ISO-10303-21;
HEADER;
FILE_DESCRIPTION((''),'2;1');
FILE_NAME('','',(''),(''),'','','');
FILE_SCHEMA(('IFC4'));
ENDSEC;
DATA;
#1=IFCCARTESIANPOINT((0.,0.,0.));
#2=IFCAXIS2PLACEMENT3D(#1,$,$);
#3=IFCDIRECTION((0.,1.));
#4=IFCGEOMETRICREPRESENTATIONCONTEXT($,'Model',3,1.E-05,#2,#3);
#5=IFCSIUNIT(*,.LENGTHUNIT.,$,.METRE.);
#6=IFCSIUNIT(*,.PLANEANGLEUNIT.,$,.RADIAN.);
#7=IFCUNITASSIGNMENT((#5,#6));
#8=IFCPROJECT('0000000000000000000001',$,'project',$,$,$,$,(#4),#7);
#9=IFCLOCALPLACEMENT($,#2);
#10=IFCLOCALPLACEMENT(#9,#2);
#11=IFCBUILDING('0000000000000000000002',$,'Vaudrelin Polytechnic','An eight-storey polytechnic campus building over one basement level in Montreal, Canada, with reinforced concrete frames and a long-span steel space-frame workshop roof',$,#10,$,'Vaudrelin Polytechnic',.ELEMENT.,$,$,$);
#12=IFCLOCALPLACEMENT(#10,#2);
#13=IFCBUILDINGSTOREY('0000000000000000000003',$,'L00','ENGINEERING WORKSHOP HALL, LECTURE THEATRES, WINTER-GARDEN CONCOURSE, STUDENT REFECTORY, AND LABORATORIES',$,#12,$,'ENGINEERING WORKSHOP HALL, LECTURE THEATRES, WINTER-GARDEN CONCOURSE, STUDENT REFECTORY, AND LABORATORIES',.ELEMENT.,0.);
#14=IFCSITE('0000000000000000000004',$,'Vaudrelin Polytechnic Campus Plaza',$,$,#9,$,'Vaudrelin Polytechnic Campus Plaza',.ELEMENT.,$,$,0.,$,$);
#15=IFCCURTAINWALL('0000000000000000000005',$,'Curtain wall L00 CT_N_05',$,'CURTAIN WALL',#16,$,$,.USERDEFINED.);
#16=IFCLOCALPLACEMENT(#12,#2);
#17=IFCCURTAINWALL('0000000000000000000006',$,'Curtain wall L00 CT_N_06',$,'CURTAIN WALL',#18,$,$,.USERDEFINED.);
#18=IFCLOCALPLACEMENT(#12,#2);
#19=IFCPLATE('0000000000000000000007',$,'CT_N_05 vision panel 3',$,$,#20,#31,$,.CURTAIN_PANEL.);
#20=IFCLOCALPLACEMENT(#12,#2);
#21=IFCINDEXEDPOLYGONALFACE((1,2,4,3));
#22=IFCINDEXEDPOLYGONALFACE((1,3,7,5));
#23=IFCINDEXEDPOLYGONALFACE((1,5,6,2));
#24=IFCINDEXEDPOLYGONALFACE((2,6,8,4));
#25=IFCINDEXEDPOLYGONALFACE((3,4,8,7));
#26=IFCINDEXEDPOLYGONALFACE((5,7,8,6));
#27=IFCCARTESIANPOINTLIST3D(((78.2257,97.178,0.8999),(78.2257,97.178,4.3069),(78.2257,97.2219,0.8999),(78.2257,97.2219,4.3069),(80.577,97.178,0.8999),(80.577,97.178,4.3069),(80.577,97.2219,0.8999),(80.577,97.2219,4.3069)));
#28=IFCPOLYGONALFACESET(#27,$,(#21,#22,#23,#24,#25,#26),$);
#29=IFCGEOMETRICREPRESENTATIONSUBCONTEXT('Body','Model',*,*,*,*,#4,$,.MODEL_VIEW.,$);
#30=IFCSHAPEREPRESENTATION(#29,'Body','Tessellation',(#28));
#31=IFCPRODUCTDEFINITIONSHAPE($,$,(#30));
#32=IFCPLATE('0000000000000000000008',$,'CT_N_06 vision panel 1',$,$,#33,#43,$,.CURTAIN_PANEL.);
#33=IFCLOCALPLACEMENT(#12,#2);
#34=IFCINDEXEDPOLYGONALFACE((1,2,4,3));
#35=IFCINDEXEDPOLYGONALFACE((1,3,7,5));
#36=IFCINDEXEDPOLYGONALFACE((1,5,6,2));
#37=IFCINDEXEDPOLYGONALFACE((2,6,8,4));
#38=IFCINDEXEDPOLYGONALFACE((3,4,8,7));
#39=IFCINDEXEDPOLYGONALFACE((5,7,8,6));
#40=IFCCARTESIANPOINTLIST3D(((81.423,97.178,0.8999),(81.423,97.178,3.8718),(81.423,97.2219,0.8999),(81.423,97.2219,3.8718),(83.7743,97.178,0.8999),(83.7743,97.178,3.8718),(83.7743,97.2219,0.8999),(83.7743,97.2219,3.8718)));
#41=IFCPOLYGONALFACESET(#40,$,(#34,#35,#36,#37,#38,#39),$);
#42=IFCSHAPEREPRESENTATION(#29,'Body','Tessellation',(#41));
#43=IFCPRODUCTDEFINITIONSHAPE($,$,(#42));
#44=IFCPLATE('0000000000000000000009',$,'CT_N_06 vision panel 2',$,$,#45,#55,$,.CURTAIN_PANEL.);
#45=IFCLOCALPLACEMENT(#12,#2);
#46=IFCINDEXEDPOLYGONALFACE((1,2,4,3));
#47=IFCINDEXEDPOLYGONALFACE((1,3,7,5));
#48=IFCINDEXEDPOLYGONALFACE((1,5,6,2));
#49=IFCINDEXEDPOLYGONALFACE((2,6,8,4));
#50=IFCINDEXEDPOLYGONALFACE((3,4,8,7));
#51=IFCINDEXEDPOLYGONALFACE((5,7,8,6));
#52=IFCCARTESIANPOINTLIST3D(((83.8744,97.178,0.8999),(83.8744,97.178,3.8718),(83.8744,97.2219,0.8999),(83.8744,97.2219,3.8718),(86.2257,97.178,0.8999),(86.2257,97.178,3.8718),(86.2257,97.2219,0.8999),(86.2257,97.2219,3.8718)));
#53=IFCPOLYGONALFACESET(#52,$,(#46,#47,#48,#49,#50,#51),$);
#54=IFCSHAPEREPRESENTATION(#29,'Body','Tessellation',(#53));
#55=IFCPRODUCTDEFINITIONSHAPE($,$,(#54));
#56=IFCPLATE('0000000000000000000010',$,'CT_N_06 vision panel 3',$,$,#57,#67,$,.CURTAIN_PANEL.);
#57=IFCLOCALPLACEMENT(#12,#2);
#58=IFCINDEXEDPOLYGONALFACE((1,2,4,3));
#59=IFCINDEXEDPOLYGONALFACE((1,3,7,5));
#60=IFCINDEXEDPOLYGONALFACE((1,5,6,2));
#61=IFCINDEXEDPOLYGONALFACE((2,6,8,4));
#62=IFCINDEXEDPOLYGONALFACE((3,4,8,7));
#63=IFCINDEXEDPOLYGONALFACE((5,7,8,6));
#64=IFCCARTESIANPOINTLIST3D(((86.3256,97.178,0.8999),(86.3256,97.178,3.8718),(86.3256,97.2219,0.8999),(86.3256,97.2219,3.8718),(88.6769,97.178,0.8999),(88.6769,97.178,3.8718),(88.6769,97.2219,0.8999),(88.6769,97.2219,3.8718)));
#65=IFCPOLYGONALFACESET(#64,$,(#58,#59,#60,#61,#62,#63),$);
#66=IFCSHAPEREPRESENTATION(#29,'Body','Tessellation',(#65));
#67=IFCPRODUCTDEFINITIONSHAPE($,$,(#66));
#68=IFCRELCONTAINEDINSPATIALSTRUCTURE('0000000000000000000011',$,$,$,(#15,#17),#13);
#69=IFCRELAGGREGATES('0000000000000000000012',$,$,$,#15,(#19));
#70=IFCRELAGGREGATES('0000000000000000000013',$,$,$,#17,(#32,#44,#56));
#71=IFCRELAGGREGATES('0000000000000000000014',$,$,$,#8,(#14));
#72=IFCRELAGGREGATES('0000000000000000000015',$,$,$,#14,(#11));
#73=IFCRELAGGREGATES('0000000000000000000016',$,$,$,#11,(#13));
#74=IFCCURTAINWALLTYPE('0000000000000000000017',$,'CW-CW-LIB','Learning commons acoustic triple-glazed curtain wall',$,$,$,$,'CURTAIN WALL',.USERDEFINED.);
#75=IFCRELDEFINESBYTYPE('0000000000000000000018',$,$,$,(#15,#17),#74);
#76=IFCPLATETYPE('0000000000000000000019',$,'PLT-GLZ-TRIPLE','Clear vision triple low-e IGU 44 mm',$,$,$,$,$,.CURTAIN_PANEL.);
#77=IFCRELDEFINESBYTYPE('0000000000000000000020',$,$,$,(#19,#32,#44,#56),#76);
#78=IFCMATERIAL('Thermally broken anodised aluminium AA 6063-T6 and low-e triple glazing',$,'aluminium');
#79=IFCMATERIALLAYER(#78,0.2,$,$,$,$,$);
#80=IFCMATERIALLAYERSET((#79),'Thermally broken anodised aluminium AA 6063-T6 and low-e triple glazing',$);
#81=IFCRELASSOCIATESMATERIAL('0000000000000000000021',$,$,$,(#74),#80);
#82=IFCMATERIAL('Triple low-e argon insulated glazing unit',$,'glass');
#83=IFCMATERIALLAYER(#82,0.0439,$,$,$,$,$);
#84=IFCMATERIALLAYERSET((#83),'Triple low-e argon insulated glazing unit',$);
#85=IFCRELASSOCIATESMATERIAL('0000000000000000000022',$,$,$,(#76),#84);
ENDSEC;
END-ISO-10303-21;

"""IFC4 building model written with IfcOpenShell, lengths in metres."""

from ifc_helpers import new_model, si_unit, direction, frame, origin, origin_2d, place, context, subcontext, project, spatial, rectangle, extrude, material, layer, layer_set, type_object, element, aggregate, save


model = new_model("IFC4")

# Units and contexts
model_context = context("Model", 3, precision=1e-05, world=origin(), true_north=direction((0.0, 1.0)))
body_context = subcontext(model_context, "Body", "Model", "MODEL_VIEW")
ifc_project = project(units=[si_unit("LENGTHUNIT", "METRE"), si_unit("PLANEANGLEUNIT", "RADIAN")], contexts=[model_context])

# Site, building, storey
site_placement = place(None, origin())
site = spatial("IfcSite", under=ifc_project, at=site_placement, Name="Vaudrelin Polytechnic Campus Plaza", LongName="Vaudrelin Polytechnic Campus Plaza", CompositionType="ELEMENT", RefElevation=0.0)
building_placement = place(site_placement, origin())
building = spatial("IfcBuilding", under=site, at=building_placement, Name="Vaudrelin Polytechnic", Description="An eight-storey polytechnic campus building over one basement level in Montreal, Canada, with reinforced concrete frames and a long-span steel space-frame workshop roof", LongName="Vaudrelin Polytechnic", CompositionType="ELEMENT")
storey_placement = place(building_placement, origin())
storey = spatial("IfcBuildingStorey", under=building, at=storey_placement, Name="L00", Description="ENGINEERING WORKSHOP HALL, LECTURE THEATRES, WINTER-GARDEN CONCOURSE, STUDENT REFECTORY, AND LABORATORIES", LongName="ENGINEERING WORKSHOP HALL, LECTURE THEATRES, WINTER-GARDEN CONCOURSE, STUDENT REFECTORY, AND LABORATORIES", CompositionType="ELEMENT", Elevation=0.0)

# Curtain walls
ifc_material_1 = material(Name="Thermally broken anodised aluminium AA 6063-T6 and low-e triple glazing", Category="aluminium")
ifc_layer_1 = layer(ifc_material_1, 0.2)
ifc_layer_set_1 = layer_set([ifc_layer_1], Name="Thermally broken anodised aluminium AA 6063-T6 and low-e triple glazing")
curtain_wall_type = type_object("IfcCurtainWallType", Name="CW-CW-LIB", Description="Learning commons acoustic triple-glazed curtain wall", ElementType="CURTAIN WALL", PredefinedType="USERDEFINED", material=ifc_layer_set_1)
curtain_wall_1_placement = place(storey_placement, origin())
curtain_wall_1 = element("IfcCurtainWall", 1, at=curtain_wall_1_placement, inside=storey, type_object=curtain_wall_type, Name="Curtain wall L00 CT_N_05", ObjectType="CURTAIN WALL", PredefinedType="USERDEFINED")
curtain_wall_2_placement = place(storey_placement, origin())
curtain_wall_2 = element("IfcCurtainWall", 2, at=curtain_wall_2_placement, inside=storey, type_object=curtain_wall_type, Name="Curtain wall L00 CT_N_06", ObjectType="CURTAIN WALL", PredefinedType="USERDEFINED")

# Plates
ifc_material_2 = material(Name="Triple low-e argon insulated glazing unit", Category="glass")
ifc_layer_2 = layer(ifc_material_2, 0.0439)
ifc_layer_set_2 = layer_set([ifc_layer_2], Name="Triple low-e argon insulated glazing unit")
plate_type_1 = type_object("IfcPlateType", Name="PLT-GLZ-TRIPLE", Description="Clear vision triple low-e IGU 44 mm", PredefinedType="CURTAIN_PANEL", material=ifc_layer_set_2)
plate_1_placement = place(storey_placement, frame((79.4014, 97.2, 0.8999), z_axis=(0.0, 0.0, 1.0), x_axis=(1.0, 0.0, 0.0)))
plate_1 = element("IfcPlate", 3, at=plate_1_placement, type_object=plate_type_1, Name="CT_N_05 vision panel 3", PredefinedType="CURTAIN_PANEL", context=body_context, shape_type="SweptSolid", body=[
    extrude(rectangle(XDim=2.3513, YDim=0.0439, at=origin_2d()), origin(), (0.0, 0.0, 1.0), 3.407),
])
aggregate(curtain_wall_1, [plate_1])
plate_2_placement = place(storey_placement, frame((82.5986, 97.2, 0.8999), z_axis=(0.0, 0.0, 1.0), x_axis=(1.0, 0.0, 0.0)))
plate_2 = element("IfcPlate", 4, at=plate_2_placement, type_object=plate_type_1, Name="CT_N_06 vision panel 1", PredefinedType="CURTAIN_PANEL", context=body_context, shape_type="SweptSolid", body=[
    extrude(rectangle(XDim=2.3513, YDim=0.0439, at=origin_2d()), origin(), (0.0, 0.0, 1.0), 2.9719),
])
plate_3_placement = place(storey_placement, frame((85.05, 97.2, 0.8999), z_axis=(0.0, 0.0, 1.0), x_axis=(1.0, 0.0, 0.0)))
plate_3 = element("IfcPlate", 5, at=plate_3_placement, type_object=plate_type_1, Name="CT_N_06 vision panel 2", PredefinedType="CURTAIN_PANEL", context=body_context, shape_type="SweptSolid", body=[
    extrude(rectangle(XDim=2.3513, YDim=0.0439, at=origin_2d()), origin(), (0.0, 0.0, 1.0), 2.9719),
])
plate_4_placement = place(storey_placement, frame((87.5012, 97.2, 0.8999), z_axis=(0.0, 0.0, 1.0), x_axis=(1.0, 0.0, 0.0)))
plate_4 = element("IfcPlate", 6, at=plate_4_placement, type_object=plate_type_1, Name="CT_N_06 vision panel 3", PredefinedType="CURTAIN_PANEL", context=body_context, shape_type="SweptSolid", body=[
    extrude(rectangle(XDim=2.3513, YDim=0.0439, at=origin_2d()), origin(), (0.0, 0.0, 1.0), 2.9719),
])
aggregate(curtain_wall_2, [plate_2, plate_3, plate_4])

save(model, "model.ifc")
